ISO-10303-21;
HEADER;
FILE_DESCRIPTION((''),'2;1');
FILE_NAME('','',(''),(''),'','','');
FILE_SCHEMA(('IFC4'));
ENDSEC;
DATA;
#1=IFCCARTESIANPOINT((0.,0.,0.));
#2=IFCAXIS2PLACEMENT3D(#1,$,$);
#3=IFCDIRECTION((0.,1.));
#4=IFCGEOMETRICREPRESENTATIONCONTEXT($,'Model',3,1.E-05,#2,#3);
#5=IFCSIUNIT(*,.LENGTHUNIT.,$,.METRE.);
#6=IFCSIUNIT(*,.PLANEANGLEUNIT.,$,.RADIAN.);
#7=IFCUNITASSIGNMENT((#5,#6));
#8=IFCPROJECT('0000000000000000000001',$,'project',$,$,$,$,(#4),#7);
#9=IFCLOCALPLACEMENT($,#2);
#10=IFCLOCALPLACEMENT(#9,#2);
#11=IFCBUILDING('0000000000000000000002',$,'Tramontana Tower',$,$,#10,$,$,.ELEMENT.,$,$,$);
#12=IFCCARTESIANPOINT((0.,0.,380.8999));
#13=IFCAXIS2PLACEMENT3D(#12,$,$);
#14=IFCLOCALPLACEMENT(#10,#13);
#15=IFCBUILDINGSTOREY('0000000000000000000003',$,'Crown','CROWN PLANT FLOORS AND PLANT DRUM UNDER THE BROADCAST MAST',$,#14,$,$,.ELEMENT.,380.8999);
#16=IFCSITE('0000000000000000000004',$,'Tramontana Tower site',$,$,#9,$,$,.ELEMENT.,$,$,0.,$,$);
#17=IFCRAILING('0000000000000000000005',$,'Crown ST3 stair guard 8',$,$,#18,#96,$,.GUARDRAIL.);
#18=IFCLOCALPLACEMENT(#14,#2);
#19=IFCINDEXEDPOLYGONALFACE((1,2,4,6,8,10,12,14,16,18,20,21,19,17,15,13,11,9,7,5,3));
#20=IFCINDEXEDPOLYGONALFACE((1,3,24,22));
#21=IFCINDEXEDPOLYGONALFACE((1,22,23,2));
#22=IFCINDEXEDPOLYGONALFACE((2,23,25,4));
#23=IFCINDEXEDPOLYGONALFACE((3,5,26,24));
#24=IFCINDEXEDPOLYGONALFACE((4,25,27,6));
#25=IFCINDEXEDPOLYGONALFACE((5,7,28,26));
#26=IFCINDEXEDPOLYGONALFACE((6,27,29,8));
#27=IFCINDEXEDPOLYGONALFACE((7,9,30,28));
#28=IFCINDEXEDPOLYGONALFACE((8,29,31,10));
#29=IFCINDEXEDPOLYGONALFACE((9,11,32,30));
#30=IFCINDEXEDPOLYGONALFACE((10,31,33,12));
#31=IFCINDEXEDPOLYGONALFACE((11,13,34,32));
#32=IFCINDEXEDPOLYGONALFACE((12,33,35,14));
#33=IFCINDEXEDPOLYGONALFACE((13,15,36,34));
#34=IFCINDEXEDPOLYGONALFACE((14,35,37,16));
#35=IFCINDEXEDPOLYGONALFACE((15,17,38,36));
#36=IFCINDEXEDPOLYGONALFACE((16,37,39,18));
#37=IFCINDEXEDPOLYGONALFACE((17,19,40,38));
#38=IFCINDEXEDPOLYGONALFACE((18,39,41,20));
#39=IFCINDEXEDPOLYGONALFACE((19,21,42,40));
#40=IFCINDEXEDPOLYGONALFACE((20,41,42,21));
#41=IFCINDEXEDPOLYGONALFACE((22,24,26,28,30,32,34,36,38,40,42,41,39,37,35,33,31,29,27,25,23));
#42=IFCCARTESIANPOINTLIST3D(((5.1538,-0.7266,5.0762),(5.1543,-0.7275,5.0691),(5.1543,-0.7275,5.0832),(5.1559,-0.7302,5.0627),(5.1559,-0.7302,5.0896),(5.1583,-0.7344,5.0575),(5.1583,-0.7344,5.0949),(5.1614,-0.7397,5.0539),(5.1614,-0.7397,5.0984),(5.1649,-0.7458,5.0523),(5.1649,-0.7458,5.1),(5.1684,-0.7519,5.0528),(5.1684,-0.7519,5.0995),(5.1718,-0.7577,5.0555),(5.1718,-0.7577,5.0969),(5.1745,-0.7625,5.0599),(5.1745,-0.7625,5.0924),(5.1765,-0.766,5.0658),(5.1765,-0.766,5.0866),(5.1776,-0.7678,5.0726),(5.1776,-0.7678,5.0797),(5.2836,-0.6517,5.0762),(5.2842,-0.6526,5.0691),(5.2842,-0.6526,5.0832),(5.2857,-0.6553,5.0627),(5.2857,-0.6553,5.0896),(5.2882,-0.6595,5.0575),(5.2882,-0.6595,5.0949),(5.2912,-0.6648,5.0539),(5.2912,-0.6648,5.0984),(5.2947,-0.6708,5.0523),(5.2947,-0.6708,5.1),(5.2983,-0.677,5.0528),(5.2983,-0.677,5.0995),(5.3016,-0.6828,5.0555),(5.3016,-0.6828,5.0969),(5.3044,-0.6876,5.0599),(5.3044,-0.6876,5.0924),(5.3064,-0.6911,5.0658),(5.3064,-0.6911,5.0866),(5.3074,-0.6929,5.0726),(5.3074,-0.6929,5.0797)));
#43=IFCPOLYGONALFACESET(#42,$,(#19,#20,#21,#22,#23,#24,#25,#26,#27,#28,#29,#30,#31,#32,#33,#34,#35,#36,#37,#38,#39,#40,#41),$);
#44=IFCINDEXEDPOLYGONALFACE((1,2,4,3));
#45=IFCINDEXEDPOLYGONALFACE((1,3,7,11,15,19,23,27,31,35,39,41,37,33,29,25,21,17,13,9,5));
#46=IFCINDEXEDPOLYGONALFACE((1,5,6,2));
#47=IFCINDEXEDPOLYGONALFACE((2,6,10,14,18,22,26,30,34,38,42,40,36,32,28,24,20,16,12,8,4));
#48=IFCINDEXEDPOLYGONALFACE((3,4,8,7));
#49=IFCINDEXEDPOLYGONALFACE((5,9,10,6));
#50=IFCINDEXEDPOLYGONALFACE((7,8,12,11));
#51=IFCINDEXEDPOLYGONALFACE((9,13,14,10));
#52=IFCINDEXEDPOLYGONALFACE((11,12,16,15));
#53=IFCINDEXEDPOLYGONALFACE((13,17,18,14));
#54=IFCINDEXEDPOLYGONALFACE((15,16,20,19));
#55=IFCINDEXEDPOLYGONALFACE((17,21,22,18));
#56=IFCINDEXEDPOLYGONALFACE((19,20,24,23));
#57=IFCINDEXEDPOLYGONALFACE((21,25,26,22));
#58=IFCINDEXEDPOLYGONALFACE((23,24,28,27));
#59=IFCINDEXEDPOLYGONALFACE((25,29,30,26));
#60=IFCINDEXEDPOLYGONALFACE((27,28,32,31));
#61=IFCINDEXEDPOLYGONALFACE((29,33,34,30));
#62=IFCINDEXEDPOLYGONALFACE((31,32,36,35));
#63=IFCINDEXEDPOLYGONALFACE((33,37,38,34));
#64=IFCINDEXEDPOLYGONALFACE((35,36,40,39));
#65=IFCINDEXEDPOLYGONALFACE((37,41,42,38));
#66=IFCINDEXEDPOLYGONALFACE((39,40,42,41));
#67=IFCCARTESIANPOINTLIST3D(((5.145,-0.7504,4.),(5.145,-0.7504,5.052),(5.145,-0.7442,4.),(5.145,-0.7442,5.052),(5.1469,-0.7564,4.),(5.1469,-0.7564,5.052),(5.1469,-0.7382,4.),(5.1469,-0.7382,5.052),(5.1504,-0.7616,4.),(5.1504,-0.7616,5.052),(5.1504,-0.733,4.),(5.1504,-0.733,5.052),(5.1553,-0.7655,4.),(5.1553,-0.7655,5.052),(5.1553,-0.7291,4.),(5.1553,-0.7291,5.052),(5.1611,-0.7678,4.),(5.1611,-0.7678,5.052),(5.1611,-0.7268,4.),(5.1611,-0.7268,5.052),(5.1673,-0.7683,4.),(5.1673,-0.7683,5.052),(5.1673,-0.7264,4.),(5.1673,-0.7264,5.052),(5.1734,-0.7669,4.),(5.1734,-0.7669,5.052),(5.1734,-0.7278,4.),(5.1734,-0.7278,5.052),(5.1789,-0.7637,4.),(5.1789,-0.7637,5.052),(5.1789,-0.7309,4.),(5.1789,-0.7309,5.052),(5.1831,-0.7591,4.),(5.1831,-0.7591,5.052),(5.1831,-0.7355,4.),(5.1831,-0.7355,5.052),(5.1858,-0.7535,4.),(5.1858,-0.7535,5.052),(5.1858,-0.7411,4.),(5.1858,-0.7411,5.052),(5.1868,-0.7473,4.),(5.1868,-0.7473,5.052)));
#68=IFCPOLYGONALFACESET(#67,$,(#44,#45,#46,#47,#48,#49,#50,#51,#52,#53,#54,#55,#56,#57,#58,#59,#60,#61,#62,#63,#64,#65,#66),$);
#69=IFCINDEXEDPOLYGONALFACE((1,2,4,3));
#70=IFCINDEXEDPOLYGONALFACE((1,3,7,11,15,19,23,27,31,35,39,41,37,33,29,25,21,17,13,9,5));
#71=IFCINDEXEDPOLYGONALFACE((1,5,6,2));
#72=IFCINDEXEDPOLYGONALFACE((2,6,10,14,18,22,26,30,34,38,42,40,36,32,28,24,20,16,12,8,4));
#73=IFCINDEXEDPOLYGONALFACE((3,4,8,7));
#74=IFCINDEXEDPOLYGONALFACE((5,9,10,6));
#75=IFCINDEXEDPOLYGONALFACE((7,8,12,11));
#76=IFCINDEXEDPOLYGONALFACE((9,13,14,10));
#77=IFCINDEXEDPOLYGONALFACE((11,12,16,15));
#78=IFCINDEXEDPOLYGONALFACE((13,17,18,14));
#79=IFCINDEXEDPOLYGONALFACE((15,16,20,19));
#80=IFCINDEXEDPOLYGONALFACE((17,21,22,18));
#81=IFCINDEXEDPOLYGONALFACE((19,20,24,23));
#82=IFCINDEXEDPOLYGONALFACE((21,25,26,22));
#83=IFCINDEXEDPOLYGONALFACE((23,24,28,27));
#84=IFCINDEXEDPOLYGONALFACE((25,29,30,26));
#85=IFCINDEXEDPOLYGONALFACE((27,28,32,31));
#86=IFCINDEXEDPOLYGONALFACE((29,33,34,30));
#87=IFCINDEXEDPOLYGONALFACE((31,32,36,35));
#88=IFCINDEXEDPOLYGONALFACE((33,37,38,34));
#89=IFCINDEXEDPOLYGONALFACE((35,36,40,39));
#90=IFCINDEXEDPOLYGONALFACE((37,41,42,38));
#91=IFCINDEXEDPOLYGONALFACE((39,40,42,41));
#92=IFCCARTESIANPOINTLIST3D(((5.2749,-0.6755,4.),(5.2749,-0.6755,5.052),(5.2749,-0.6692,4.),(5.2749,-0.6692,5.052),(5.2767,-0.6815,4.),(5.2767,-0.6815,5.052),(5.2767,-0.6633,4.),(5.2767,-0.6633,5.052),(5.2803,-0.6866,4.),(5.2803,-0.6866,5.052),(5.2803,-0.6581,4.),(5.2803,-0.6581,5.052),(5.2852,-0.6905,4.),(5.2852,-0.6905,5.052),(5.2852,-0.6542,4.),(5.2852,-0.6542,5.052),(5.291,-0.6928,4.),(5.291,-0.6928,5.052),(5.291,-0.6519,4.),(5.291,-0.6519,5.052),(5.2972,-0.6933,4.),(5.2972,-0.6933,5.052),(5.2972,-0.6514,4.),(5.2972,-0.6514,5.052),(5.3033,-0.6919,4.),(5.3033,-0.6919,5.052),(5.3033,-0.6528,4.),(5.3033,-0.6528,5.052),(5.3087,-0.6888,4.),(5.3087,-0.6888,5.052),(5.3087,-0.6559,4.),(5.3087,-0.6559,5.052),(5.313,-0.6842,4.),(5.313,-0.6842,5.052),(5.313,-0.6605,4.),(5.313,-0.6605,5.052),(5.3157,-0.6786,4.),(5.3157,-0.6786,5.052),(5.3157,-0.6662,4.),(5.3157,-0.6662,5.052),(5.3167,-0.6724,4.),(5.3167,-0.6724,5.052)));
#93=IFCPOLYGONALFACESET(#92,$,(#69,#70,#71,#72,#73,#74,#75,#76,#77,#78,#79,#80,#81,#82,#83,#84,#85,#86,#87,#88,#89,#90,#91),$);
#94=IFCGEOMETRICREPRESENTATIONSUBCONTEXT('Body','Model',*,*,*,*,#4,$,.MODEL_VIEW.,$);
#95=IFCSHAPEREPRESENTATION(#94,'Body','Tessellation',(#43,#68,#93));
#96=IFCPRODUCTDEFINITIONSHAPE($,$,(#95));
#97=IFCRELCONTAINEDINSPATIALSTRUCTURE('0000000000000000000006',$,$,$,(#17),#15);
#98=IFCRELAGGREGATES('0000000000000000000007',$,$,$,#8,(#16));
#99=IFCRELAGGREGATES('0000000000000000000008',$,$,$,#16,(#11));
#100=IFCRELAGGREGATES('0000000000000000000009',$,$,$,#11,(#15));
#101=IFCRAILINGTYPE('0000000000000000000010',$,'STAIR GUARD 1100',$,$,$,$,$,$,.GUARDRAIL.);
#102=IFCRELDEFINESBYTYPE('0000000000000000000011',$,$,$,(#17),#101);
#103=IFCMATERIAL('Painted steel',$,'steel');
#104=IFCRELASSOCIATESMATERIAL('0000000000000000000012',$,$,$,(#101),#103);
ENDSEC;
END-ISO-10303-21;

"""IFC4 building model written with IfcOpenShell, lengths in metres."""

from ifc_helpers import new_model, si_unit, direction, frame, origin, origin_2d, place, context, subcontext, project, spatial, circle, extrude, material, type_object, element, save


model = new_model("IFC4")

# Units and contexts
model_context = context("Model", 3, precision=1e-05, world=origin(), true_north=direction((0.0, 1.0)))
body_context = subcontext(model_context, "Body", "Model", "MODEL_VIEW")
ifc_project = project(units=[si_unit("LENGTHUNIT", "METRE"), si_unit("PLANEANGLEUNIT", "RADIAN")], contexts=[model_context])

# Site, building, storey
site_placement = place(None, origin())
site = spatial("IfcSite", under=ifc_project, at=site_placement, Name="Tramontana Tower site", CompositionType="ELEMENT", RefElevation=0.0)
building_placement = place(site_placement, origin())
building = spatial("IfcBuilding", under=site, at=building_placement, Name="Tramontana Tower", CompositionType="ELEMENT")
storey_placement = place(building_placement, frame((0.0, 0.0, 380.8999)))
storey = spatial("IfcBuildingStorey", under=building, at=storey_placement, Name="Crown", Description="CROWN PLANT FLOORS AND PLANT DRUM UNDER THE BROADCAST MAST", CompositionType="ELEMENT", Elevation=380.8999)

# Railing
ifc_material_1 = material(Name="Painted steel", Category="steel")
railing_type = type_object("IfcRailingType", Name="STAIR GUARD 1100", PredefinedType="GUARDRAIL", material=ifc_material_1)
railing_placement = place(storey_placement, frame((5.1658, -0.7473, 4.0)))
element("IfcRailing", 1, at=railing_placement, inside=storey, type_object=railing_type, Name="Crown ST3 stair guard 8", PredefinedType="GUARDRAIL", context=body_context, shape_type="SweptSolid", body=[
    extrude(circle(Radius=0.0239, at=origin_2d()), frame((0.0, 0.0, 1.0762), z_axis=(0.866131, 0.499816, 0.0), x_axis=(-0.499816, 0.866131, 0.0)), (0.0, 0.0, 1.0), 0.1499),
    extrude(circle(Radius=0.021, at=origin_2d()), origin(), (0.0, 0.0, 1.0), 1.052),
    extrude(circle(Radius=0.021, at=origin_2d()), frame((0.1299, 0.075, 0.0)), (0.0, 0.0, 1.0), 1.052),
])

save(model, "model.ifc")
